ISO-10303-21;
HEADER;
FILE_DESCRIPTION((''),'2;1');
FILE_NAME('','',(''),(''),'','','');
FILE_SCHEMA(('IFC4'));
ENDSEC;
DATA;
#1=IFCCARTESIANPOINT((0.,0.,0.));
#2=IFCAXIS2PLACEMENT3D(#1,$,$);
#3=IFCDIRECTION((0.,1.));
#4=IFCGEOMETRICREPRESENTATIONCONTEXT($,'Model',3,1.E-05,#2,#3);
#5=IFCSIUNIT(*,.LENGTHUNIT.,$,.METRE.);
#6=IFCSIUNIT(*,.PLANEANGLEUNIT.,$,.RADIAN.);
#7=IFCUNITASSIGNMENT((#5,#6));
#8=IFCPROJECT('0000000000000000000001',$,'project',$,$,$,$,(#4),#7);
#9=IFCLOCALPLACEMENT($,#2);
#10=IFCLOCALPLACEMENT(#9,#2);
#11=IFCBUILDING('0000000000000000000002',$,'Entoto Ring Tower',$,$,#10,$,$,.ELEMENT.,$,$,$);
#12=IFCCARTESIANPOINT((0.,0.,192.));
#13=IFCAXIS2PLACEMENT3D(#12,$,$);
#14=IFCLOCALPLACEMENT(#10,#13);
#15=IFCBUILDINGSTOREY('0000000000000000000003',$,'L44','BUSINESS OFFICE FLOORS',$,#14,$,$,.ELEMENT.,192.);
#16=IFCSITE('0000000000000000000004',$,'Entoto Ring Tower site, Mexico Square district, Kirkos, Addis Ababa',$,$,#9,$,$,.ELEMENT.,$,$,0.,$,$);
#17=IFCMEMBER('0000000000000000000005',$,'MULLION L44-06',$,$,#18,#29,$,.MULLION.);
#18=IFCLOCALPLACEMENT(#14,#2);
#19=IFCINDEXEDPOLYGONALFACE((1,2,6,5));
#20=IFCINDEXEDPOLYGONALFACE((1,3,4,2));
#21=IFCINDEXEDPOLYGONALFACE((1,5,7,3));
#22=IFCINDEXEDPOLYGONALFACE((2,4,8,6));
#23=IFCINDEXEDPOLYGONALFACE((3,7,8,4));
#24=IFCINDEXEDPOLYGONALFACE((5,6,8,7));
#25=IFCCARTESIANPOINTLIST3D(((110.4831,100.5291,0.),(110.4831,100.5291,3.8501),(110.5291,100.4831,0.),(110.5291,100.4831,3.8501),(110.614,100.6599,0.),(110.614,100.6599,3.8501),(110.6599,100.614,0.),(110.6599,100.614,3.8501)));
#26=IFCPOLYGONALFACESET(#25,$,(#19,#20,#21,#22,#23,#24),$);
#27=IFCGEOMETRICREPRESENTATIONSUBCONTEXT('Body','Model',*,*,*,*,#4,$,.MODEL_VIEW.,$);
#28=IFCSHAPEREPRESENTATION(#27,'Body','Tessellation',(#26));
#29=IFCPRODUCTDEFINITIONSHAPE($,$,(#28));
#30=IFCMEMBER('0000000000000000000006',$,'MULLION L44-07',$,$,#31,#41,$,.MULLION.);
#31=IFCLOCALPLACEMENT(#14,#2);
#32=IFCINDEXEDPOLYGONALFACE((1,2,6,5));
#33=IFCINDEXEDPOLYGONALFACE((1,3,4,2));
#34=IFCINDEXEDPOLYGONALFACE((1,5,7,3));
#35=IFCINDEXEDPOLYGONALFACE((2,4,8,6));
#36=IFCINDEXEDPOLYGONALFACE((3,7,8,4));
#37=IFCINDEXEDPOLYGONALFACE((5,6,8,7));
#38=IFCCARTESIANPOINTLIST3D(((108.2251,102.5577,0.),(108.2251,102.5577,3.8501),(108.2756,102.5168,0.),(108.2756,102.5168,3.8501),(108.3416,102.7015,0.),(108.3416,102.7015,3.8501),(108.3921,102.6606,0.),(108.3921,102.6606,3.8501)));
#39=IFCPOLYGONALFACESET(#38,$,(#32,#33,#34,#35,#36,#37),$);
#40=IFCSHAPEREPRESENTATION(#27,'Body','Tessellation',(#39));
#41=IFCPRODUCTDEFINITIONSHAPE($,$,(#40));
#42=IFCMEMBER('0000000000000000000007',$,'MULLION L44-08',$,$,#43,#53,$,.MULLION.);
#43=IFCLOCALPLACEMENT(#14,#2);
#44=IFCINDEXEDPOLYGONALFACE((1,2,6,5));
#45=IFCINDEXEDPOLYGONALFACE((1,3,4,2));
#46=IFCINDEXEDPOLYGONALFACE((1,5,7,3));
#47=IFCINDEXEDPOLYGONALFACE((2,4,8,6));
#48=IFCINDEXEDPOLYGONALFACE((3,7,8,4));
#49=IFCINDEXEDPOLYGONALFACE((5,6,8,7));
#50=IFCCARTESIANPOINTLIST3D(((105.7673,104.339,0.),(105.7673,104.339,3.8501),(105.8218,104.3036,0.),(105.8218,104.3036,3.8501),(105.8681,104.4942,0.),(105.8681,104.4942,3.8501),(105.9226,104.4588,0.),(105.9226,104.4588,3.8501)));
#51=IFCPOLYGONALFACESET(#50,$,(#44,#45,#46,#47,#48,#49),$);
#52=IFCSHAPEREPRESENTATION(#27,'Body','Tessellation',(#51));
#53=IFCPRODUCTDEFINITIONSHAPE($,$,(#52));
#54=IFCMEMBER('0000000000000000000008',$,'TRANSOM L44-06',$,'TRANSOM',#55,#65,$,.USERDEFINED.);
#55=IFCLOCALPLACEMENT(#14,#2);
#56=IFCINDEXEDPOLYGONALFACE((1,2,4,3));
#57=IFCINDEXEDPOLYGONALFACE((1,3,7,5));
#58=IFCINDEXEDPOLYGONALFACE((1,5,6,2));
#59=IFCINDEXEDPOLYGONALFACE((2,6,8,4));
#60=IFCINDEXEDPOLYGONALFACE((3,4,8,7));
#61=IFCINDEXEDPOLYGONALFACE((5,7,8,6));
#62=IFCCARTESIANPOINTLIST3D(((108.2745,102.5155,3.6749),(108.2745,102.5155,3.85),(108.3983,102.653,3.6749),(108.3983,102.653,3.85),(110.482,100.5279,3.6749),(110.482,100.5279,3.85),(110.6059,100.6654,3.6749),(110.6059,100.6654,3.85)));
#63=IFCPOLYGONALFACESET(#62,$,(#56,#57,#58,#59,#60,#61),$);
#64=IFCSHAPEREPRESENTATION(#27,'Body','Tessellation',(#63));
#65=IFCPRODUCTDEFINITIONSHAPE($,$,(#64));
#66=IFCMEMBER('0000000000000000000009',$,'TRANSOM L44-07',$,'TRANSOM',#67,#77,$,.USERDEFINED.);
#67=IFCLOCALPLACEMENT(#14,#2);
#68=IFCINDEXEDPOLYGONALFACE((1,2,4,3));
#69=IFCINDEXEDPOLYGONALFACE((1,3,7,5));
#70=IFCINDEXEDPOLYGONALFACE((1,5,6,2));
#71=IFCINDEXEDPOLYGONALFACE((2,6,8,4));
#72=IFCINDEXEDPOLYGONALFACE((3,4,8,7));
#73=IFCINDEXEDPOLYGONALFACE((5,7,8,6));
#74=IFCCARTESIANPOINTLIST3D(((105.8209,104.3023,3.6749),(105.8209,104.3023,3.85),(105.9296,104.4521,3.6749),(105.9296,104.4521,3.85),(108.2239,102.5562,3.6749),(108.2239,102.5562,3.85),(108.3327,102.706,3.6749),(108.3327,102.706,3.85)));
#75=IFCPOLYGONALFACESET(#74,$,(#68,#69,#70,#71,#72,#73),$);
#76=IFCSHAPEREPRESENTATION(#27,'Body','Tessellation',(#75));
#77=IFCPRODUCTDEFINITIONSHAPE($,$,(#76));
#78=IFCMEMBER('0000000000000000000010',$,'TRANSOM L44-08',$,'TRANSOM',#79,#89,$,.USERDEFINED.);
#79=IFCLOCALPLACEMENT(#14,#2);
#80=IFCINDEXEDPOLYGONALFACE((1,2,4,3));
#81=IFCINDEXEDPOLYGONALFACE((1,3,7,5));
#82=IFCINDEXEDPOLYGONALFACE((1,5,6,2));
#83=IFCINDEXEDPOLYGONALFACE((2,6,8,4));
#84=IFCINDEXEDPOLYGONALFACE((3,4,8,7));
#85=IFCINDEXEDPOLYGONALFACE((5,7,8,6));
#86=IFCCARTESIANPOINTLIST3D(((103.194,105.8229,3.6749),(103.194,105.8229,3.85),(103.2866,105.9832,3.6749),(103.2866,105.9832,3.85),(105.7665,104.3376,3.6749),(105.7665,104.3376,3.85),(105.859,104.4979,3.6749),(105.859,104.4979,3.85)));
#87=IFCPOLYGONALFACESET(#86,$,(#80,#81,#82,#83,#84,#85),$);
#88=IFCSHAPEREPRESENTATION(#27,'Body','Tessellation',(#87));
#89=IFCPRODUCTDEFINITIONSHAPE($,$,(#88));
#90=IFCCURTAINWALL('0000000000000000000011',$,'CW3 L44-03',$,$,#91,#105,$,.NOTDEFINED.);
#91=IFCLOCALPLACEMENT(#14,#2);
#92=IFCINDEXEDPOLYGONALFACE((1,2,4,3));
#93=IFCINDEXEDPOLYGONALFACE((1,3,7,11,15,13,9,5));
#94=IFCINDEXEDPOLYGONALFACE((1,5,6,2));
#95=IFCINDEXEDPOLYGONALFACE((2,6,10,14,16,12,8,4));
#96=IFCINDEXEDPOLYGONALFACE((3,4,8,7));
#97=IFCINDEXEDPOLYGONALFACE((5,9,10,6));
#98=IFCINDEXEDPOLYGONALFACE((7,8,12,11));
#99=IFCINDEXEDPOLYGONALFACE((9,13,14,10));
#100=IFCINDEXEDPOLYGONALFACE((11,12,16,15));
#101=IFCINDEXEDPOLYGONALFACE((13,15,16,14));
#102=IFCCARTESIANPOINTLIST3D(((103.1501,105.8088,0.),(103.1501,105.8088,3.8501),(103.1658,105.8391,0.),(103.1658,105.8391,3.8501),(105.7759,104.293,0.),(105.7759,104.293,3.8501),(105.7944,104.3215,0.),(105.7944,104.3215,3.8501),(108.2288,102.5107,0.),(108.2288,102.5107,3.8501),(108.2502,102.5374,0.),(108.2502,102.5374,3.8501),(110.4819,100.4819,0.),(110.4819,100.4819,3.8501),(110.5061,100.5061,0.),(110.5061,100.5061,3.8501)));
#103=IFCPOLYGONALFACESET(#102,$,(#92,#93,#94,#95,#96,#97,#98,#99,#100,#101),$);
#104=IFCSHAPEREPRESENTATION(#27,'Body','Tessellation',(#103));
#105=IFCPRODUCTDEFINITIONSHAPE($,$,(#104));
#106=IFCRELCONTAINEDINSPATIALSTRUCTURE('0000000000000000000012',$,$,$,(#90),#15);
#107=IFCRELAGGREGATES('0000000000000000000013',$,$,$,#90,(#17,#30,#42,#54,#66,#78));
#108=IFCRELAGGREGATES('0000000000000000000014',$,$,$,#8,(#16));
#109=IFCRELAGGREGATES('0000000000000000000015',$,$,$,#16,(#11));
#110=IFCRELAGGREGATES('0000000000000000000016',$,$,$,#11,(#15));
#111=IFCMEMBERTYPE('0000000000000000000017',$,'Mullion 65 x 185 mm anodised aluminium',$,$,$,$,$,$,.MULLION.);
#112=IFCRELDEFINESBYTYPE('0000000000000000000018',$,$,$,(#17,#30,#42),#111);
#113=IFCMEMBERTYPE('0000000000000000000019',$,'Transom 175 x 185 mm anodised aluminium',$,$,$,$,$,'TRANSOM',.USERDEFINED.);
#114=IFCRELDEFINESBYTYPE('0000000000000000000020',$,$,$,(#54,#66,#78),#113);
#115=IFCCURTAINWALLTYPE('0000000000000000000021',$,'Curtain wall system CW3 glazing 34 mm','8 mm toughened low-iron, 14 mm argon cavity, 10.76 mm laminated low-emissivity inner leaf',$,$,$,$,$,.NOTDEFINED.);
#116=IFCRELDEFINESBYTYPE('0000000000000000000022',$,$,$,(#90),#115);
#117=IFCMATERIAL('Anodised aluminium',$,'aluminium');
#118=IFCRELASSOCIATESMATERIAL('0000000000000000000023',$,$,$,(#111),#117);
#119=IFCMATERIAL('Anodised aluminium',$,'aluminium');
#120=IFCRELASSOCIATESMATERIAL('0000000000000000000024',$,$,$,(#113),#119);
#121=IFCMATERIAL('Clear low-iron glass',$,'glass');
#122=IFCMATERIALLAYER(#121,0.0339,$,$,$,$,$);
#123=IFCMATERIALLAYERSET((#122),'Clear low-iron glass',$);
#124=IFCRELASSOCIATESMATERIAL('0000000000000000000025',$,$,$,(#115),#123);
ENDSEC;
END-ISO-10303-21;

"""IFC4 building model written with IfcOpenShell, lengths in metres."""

from ifc_helpers import new_model, si_unit, direction, frame, origin, origin_2d, place, context, subcontext, project, spatial, polyline, rectangle, outline, extrude, material, layer, layer_set, material_profile, profile_set, type_object, element, aggregate, save


model = new_model("IFC4")

# Units and contexts
model_context = context("Model", 3, precision=1e-05, world=origin(), true_north=direction((0.0, 1.0)))
body_context = subcontext(model_context, "Body", "Model", "MODEL_VIEW")
ifc_project = project(units=[si_unit("LENGTHUNIT", "METRE"), si_unit("PLANEANGLEUNIT", "RADIAN")], contexts=[model_context])

# Members
ifc_material_1 = material(Name="Anodised aluminium", Category="aluminium")
ifc_material_profile_1 = material_profile(ifc_material_1, rectangle(XDim=0.0649, YDim=0.1851, at=origin_2d()), Name="Mullion 65 x 185 mm anodised aluminium")
ifc_profile_set_1 = profile_set([ifc_material_profile_1], Name="Anodised aluminium")
member_type_1 = type_object("IfcMemberType", Name="Mullion 65 x 185 mm anodised aluminium", PredefinedType="MULLION", material=ifc_profile_set_1)
site_placement = place(None, origin())
building_placement = place(site_placement, origin())
storey_placement = place(building_placement, frame((0.0, 0.0, 192.0)))
member_1_placement = place(storey_placement, frame((110.5715, 100.5715, 0.0), z_axis=(0.0, 0.0, 1.0), x_axis=(-0.707107, 0.707107, 0.0)))
member_1 = element("IfcMember", 1, at=member_1_placement, type_object=member_type_1, Name="MULLION L44-06", PredefinedType="MULLION", context=body_context, shape_type="SweptSolid", body=[
    extrude(rectangle(XDim=0.0649, YDim=0.1851, at=origin_2d()), origin(), (0.0, 0.0, 1.0), 3.8501),
])
member_2_placement = place(storey_placement, frame((108.3086, 102.6091, 0.0), z_axis=(0.0, 0.0, 1.0), x_axis=(-0.777146, 0.62932, 0.0)))
member_2 = element("IfcMember", 2, at=member_2_placement, type_object=member_type_1, Name="MULLION L44-07", PredefinedType="MULLION", context=body_context, shape_type="SweptSolid", body=[
    extrude(rectangle(XDim=0.0649, YDim=0.1851, at=origin_2d()), origin(), (0.0, 0.0, 1.0), 3.8501),
])
member_3_placement = place(storey_placement, frame((105.845, 104.3989, 0.0), z_axis=(0.0, 0.0, 1.0), x_axis=(-0.838671, 0.544639, 0.0)))
member_3 = element("IfcMember", 3, at=member_3_placement, type_object=member_type_1, Name="MULLION L44-08", PredefinedType="MULLION", context=body_context, shape_type="SweptSolid", body=[
    extrude(rectangle(XDim=0.0649, YDim=0.1851, at=origin_2d()), origin(), (0.0, 0.0, 1.0), 3.8501),
])
ifc_material_2 = material(Name="Anodised aluminium", Category="aluminium")
ifc_material_profile_2 = material_profile(ifc_material_2, rectangle(XDim=0.1851, YDim=0.175, at=origin_2d()), Name="Transom 175 x 185 mm anodised aluminium")
ifc_profile_set_2 = profile_set([ifc_material_profile_2], Name="Anodised aluminium")
member_type_2 = type_object("IfcMemberType", Name="Transom 175 x 185 mm anodised aluminium", ElementType="TRANSOM", PredefinedType="USERDEFINED", material=ifc_profile_set_2)
member_4_placement = place(storey_placement, frame((110.5439, 100.5967, 3.7625), z_axis=(-0.743163, 0.66911, 0.0), x_axis=(-0.66911, -0.743163, 0.0)))
member_4 = element("IfcMember", 4, at=member_4_placement, type_object=member_type_2, Name="TRANSOM L44-06", ObjectType="TRANSOM", PredefinedType="USERDEFINED", context=body_context, shape_type="SweptSolid", body=[
    extrude(rectangle(XDim=0.1851, YDim=0.175, at=origin_2d()), origin(), (0.0, 0.0, 1.0), 2.9705),
])
member_5_placement = place(storey_placement, frame((108.2783, 102.6311, 3.7625), z_axis=(-0.808992, 0.58782, 0.0), x_axis=(-0.58782, -0.808992, 0.0)))
member_5 = element("IfcMember", 5, at=member_5_placement, type_object=member_type_2, Name="TRANSOM L44-07", ObjectType="TRANSOM", PredefinedType="USERDEFINED", context=body_context, shape_type="SweptSolid", body=[
    extrude(rectangle(XDim=0.1851, YDim=0.175, at=origin_2d()), origin(), (0.0, 0.0, 1.0), 2.9705),
])
member_6_placement = place(storey_placement, frame((105.8127, 104.4177, 3.7625), z_axis=(-0.866009, 0.500028, 0.0), x_axis=(-0.500028, -0.866009, 0.0)))
member_6 = element("IfcMember", 6, at=member_6_placement, type_object=member_type_2, Name="TRANSOM L44-08", ObjectType="TRANSOM", PredefinedType="USERDEFINED", context=body_context, shape_type="SweptSolid", body=[
    extrude(rectangle(XDim=0.1851, YDim=0.175, at=origin_2d()), origin(), (0.0, 0.0, 1.0), 2.9705),
])

# Site, building, storey
site = spatial("IfcSite", under=ifc_project, at=site_placement, Name="Entoto Ring Tower site, Mexico Square district, Kirkos, Addis Ababa", CompositionType="ELEMENT", RefElevation=0.0)
building = spatial("IfcBuilding", under=site, at=building_placement, Name="Entoto Ring Tower", CompositionType="ELEMENT")
storey = spatial("IfcBuildingStorey", under=building, at=storey_placement, Name="L44", Description="BUSINESS OFFICE FLOORS", CompositionType="ELEMENT", Elevation=192.0)

# Curtain wall
ifc_material_3 = material(Name="Clear low-iron glass", Category="glass")
ifc_layer_1 = layer(ifc_material_3, 0.0339)
ifc_layer_set_1 = layer_set([ifc_layer_1], Name="Clear low-iron glass")
curtain_wall_type = type_object("IfcCurtainWallType", Name="Curtain wall system CW3 glazing 34 mm", Description="8 mm toughened low-iron, 14 mm argon cavity, 10.76 mm laminated low-emissivity inner leaf", PredefinedType="NOTDEFINED", material=ifc_layer_set_1)
curtain_wall_1_placement = place(storey_placement, origin())
curtain_wall_1 = element("IfcCurtainWall", 7, at=curtain_wall_1_placement, inside=storey, type_object=curtain_wall_type, Name="CW3 L44-03", PredefinedType="NOTDEFINED", context=body_context, shape_type="SweptSolid", body=[
    extrude(outline(polyline([(110.5061, 100.5061), (108.2502, 102.5374), (105.7944, 104.3215), (103.1658, 105.8391), (103.1501, 105.8088), (105.7759, 104.293), (108.2288, 102.5107), (110.4819, 100.4819), (110.5061, 100.5061)])), origin(), (0.0, 0.0, 1.0), 3.8501),
])
aggregate(curtain_wall_1, [member_1, member_2, member_3, member_4, member_5, member_6])

save(model, "model.ifc")
